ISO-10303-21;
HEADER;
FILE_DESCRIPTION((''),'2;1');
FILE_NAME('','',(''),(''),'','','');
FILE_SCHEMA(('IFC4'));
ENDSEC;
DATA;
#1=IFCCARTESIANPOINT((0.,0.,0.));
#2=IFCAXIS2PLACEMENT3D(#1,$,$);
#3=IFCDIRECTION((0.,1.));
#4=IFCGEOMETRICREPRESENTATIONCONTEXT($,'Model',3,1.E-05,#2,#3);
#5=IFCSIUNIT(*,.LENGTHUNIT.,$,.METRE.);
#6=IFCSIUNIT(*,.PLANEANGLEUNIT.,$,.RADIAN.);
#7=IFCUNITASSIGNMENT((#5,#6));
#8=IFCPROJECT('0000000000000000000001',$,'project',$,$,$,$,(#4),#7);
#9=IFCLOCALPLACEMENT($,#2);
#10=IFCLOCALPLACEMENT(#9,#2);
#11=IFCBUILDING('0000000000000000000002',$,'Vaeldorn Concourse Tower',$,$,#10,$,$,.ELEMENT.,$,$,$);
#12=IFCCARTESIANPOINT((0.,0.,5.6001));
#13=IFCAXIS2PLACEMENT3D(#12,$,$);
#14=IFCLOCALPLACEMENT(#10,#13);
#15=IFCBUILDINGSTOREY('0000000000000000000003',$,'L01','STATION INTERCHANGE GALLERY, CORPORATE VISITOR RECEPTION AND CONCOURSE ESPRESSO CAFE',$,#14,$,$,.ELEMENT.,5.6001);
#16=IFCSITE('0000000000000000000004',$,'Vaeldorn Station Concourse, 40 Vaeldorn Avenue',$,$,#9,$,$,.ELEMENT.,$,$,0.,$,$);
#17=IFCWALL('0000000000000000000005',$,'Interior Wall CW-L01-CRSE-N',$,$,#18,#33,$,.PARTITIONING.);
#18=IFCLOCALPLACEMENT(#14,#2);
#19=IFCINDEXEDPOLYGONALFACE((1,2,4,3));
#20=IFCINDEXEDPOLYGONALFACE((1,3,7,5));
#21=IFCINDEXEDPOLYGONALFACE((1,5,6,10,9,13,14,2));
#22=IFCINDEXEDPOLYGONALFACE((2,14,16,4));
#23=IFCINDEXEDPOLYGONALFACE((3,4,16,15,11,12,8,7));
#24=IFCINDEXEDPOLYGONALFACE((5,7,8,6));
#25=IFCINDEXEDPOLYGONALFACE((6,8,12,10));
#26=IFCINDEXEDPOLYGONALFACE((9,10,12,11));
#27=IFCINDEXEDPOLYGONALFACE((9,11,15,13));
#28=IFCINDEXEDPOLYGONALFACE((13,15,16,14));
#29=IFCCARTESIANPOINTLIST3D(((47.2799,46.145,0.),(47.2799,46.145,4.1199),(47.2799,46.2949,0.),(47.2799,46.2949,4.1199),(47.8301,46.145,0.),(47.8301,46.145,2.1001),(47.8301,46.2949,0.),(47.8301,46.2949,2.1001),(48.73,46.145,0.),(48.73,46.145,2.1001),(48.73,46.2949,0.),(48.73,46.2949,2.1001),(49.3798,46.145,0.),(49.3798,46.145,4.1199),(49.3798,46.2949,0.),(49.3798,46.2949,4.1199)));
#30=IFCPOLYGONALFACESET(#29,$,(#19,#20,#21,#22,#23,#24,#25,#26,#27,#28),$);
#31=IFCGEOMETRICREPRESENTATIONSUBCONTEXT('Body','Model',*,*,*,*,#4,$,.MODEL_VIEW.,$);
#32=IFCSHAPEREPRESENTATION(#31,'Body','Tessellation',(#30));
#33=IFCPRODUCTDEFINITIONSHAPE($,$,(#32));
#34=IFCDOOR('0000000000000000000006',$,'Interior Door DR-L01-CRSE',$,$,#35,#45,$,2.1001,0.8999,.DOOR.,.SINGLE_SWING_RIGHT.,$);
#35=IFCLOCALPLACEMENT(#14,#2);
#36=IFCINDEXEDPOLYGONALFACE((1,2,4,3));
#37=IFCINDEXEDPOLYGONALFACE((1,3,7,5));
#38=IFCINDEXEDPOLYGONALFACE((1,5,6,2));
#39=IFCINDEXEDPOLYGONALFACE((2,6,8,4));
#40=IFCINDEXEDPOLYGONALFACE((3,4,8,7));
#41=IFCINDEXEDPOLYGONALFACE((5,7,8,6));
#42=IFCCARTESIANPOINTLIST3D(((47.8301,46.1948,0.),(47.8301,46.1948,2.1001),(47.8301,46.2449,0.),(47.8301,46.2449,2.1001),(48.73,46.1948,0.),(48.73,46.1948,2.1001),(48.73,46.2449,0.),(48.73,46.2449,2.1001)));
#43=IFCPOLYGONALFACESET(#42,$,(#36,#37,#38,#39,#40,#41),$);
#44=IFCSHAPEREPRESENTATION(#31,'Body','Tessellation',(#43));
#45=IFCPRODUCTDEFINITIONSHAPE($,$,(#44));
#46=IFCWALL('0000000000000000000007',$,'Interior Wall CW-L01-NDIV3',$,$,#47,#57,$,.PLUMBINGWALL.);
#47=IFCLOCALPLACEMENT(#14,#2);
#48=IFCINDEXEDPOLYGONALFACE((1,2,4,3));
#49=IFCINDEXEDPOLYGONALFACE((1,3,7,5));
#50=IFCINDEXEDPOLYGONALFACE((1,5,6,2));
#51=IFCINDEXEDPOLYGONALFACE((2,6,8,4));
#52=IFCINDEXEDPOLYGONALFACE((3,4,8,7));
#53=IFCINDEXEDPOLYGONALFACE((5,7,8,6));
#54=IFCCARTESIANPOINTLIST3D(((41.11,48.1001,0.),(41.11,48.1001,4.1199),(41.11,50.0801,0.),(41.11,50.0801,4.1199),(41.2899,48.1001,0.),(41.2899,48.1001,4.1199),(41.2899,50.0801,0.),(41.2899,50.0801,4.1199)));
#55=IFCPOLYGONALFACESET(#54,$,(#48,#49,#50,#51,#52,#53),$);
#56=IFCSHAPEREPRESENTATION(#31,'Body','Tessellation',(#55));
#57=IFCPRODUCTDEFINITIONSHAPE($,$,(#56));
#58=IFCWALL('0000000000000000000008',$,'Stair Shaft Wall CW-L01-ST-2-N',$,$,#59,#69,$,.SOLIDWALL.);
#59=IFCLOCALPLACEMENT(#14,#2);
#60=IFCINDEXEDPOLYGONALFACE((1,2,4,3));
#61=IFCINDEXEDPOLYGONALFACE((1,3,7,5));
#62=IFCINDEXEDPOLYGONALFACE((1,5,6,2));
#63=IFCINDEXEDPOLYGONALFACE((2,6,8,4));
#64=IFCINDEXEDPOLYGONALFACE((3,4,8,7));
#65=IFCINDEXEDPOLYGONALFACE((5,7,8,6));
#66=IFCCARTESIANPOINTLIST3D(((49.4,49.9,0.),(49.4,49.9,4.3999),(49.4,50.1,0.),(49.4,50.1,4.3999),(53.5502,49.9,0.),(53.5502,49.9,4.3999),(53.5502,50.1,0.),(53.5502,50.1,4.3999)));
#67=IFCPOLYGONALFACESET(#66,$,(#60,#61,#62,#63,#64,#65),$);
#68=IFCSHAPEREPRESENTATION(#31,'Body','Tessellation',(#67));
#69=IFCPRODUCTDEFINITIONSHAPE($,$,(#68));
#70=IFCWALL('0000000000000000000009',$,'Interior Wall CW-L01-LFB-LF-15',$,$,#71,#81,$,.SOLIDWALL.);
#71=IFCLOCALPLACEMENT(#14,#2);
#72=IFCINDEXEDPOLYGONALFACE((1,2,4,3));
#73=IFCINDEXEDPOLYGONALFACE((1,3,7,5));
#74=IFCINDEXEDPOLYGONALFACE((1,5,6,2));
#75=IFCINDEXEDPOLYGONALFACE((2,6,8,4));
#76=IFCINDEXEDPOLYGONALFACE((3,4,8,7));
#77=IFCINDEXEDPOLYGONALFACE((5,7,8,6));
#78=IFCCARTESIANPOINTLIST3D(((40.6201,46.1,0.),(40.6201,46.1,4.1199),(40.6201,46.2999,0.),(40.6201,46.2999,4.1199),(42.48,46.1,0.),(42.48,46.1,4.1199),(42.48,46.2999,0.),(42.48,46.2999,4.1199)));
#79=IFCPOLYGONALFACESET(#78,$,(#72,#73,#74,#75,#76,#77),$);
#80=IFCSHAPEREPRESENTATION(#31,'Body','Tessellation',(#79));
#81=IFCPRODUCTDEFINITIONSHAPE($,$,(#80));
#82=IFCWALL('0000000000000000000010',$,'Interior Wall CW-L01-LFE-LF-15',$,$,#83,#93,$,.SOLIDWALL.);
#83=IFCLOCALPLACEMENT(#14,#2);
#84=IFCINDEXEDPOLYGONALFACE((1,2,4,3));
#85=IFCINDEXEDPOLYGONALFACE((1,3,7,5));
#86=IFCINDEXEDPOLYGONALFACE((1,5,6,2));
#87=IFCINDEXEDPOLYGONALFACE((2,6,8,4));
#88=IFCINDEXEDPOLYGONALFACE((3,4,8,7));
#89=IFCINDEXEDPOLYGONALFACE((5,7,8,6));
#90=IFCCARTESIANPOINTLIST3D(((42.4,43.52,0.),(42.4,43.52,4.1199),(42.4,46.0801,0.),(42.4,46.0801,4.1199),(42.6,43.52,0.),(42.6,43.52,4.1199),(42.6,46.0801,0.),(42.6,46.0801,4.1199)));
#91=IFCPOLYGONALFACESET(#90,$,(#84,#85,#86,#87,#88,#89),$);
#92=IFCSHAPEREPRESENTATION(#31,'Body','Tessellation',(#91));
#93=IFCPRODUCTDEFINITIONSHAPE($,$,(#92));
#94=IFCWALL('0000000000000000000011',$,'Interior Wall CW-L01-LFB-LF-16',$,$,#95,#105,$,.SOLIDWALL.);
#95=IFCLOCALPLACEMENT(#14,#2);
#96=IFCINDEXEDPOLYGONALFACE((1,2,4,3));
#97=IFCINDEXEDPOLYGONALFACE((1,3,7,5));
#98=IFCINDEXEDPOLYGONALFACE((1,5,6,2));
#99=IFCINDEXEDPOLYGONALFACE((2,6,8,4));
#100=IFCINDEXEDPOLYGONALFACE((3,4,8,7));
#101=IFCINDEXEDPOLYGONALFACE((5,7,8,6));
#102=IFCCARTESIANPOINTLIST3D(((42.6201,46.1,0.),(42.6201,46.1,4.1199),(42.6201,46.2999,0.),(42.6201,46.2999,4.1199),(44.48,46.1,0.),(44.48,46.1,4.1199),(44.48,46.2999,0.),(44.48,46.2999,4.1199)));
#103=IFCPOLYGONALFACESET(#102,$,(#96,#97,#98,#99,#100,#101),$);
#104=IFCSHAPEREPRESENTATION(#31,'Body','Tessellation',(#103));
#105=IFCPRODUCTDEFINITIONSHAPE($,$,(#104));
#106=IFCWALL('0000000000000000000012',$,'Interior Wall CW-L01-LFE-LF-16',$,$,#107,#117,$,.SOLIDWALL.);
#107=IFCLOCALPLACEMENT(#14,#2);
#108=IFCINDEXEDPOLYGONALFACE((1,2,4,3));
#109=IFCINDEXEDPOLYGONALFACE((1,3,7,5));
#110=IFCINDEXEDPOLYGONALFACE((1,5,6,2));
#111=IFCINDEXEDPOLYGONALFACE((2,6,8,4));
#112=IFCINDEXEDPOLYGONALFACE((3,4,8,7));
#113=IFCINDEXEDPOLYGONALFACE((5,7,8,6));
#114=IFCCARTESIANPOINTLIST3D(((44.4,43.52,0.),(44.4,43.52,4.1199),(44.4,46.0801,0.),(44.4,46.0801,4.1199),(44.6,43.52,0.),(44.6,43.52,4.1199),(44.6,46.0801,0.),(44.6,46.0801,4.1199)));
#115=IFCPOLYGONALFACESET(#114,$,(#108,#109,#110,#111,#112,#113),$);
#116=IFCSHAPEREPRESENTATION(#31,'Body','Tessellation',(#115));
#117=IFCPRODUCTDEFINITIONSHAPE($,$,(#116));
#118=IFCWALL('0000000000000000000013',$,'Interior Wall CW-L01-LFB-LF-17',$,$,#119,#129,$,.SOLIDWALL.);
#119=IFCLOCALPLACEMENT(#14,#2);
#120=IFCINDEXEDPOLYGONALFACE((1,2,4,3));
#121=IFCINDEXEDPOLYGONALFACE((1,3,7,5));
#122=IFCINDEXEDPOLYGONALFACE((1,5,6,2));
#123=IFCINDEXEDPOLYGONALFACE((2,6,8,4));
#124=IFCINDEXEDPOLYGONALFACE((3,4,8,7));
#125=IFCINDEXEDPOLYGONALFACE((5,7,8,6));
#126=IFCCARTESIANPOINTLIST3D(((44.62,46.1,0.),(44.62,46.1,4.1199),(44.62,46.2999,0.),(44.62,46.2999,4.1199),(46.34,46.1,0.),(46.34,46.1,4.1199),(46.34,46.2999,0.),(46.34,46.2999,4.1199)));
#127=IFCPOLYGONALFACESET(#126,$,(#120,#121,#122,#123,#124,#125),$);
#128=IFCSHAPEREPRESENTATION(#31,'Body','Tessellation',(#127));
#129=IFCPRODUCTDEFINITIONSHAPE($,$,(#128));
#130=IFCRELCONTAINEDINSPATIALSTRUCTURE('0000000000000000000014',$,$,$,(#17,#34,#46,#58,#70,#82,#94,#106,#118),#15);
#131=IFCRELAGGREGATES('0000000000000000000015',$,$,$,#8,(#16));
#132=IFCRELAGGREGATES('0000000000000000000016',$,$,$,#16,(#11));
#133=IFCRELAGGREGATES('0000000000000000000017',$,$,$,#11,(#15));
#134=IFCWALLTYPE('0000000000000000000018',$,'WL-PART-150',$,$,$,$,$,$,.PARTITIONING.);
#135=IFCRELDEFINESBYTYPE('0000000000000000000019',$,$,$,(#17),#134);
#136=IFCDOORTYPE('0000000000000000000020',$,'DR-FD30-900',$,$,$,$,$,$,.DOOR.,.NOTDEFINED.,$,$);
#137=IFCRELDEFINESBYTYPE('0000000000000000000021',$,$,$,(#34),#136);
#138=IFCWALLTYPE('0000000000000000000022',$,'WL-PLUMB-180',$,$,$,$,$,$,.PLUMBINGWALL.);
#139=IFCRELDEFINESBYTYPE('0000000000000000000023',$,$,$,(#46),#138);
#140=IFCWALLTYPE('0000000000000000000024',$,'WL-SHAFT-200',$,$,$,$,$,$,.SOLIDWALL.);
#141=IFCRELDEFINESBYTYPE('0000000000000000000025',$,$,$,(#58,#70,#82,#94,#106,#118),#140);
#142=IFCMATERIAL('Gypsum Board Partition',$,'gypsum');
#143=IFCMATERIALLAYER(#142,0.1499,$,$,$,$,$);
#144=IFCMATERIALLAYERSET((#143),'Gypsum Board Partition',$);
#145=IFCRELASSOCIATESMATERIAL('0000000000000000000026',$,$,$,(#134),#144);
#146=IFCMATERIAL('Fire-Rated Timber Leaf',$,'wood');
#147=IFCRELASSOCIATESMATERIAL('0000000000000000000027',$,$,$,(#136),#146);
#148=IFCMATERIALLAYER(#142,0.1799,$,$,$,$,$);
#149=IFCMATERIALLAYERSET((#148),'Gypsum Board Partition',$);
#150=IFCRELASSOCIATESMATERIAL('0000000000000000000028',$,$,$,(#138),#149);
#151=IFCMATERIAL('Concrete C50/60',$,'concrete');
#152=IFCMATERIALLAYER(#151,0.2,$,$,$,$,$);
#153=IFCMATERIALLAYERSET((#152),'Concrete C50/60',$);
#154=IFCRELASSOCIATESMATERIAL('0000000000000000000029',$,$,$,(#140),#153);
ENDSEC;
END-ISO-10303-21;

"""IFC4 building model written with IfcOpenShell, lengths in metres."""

from ifc_helpers import new_model, si_unit, direction, frame, frame_2d, origin, place, context, subcontext, project, spatial, rectangle, extrude, source, transform, mapped, material, layer, layer_set, type_object, element, fill, save


model = new_model("IFC4")

# Units and contexts
model_context = context("Model", 3, precision=1e-05, world=origin(), true_north=direction((0.0, 1.0)))
body_context = subcontext(model_context, "Body", "Model", "MODEL_VIEW")
ifc_project = project(units=[si_unit("LENGTHUNIT", "METRE"), si_unit("PLANEANGLEUNIT", "RADIAN")], contexts=[model_context])

# Site, building, storey
site_placement = place(None, origin())
site = spatial("IfcSite", under=ifc_project, at=site_placement, Name="Vaeldorn Station Concourse, 40 Vaeldorn Avenue", CompositionType="ELEMENT", RefElevation=0.0)
building_placement = place(site_placement, origin())
building = spatial("IfcBuilding", under=site, at=building_placement, Name="Vaeldorn Concourse Tower", CompositionType="ELEMENT")
storey_placement = place(building_placement, frame((0.0, 0.0, 5.6001)))
storey = spatial("IfcBuildingStorey", under=building, at=storey_placement, Name="L01", Description="STATION INTERCHANGE GALLERY, CORPORATE VISITOR RECEPTION AND CONCOURSE ESPRESSO CAFE", CompositionType="ELEMENT", Elevation=5.6001)

# Wall, opening, door
ifc_material_1 = material(Name="Gypsum Board Partition", Category="gypsum")
ifc_layer_1 = layer(ifc_material_1, 0.1499)
ifc_layer_set_1 = layer_set([ifc_layer_1], Name="Gypsum Board Partition")
wall_type_1 = type_object("IfcWallType", Name="WL-PART-150", PredefinedType="PARTITIONING", material=ifc_layer_set_1)
wall_1_placement = place(storey_placement, frame((47.28, 46.22, 0.0), z_axis=(0.0, 0.0, 1.0), x_axis=(1.0, 0.0, 0.0)))
wall_1 = element("IfcWall", 1, at=wall_1_placement, inside=storey, type_object=wall_type_1, Name="Interior Wall CW-L01-CRSE-N", PredefinedType="PARTITIONING", context=body_context, shape_type="SweptSolid", body=[
    extrude(rectangle(XDim=2.0999, YDim=0.1499, at=frame_2d((1.0498, 0.0))), origin(), (0.0, 0.0, 1.0), 4.1199),
])
opening_placement = place(wall_1_placement, frame((0.55, 0.0, 0.0)))
opening = element("IfcOpeningElement", 2, at=opening_placement, cuts=wall_1, PredefinedType="OPENING", context=body_context, shape_type="SweptSolid", body=[
    extrude(rectangle(XDim=0.8999, YDim=2.1001, at=frame_2d((0.45, 1.05))), frame((0.0, 0.085, 0.0), z_axis=(0.0, -1.0, 0.0), x_axis=(1.0, 0.0, 0.0)), (0.0, 0.0, 1.0), 0.1699),
])
ifc_material_2 = material(Name="Fire-Rated Timber Leaf", Category="wood")
door_type = type_object("IfcDoorType", Name="DR-FD30-900", OperationType="NOTDEFINED", PredefinedType="DOOR", material=ifc_material_2)
shared_shape_1 = source(origin(), body_context, "Body", "SweptSolid", [
    extrude(rectangle(XDim=0.8999, YDim=2.1001, at=frame_2d((0.45, 1.05))), frame((0.0, 0.0249, 0.0), z_axis=(0.0, -1.0, 0.0), x_axis=(1.0, 0.0, 0.0)), (0.0, 0.0, 1.0), 0.05),
])
door_placement = place(opening_placement, origin())
door = element("IfcDoor", 3, at=door_placement, inside=storey, type_object=door_type, Name="Interior Door DR-L01-CRSE", OperationType="SINGLE_SWING_RIGHT", OverallHeight=2.1001, OverallWidth=0.8999, PredefinedType="DOOR", context=body_context, shape_type="MappedRepresentation", body=[
    mapped(shared_shape_1, transform((0.0, 0.0, 0.0), scale=1.0)),
])
fill(opening, door)

# Walls
ifc_layer_2 = layer(ifc_material_1, 0.1799)
ifc_layer_set_2 = layer_set([ifc_layer_2], Name="Gypsum Board Partition")
wall_type_2 = type_object("IfcWallType", Name="WL-PLUMB-180", PredefinedType="PLUMBINGWALL", material=ifc_layer_set_2)
wall_2_placement = place(storey_placement, frame((41.2, 48.1001, 0.0), z_axis=(0.0, 0.0, 1.0), x_axis=(0.0, 1.0, 0.0)))
element("IfcWall", 4, at=wall_2_placement, inside=storey, type_object=wall_type_2, Name="Interior Wall CW-L01-NDIV3", PredefinedType="PLUMBINGWALL", context=body_context, shape_type="SweptSolid", body=[
    extrude(rectangle(XDim=1.98, YDim=0.1799, at=frame_2d((0.99, 0.0))), origin(), (0.0, 0.0, 1.0), 4.1199),
])
ifc_material_3 = material(Name="Concrete C50/60", Category="concrete")
ifc_layer_3 = layer(ifc_material_3, 0.2)
ifc_layer_set_3 = layer_set([ifc_layer_3], Name="Concrete C50/60")
wall_type_3 = type_object("IfcWallType", Name="WL-SHAFT-200", PredefinedType="SOLIDWALL", material=ifc_layer_set_3)
wall_3_placement = place(storey_placement, frame((49.3999, 50.0, 0.0), z_axis=(0.0, 0.0, 1.0), x_axis=(1.0, 0.0, 0.0)))
element("IfcWall", 5, at=wall_3_placement, inside=storey, type_object=wall_type_3, Name="Stair Shaft Wall CW-L01-ST-2-N", PredefinedType="SOLIDWALL", context=body_context, shape_type="SweptSolid", body=[
    extrude(rectangle(XDim=4.1501, YDim=0.2, at=frame_2d((2.0752, 0.0))), origin(), (0.0, 0.0, 1.0), 4.3999),
])
wall_4_placement = place(storey_placement, frame((40.6201, 46.2, 0.0), z_axis=(0.0, 0.0, 1.0), x_axis=(1.0, 0.0, 0.0)))
element("IfcWall", 6, at=wall_4_placement, inside=storey, type_object=wall_type_3, Name="Interior Wall CW-L01-LFB-LF-15", PredefinedType="SOLIDWALL", context=body_context, shape_type="SweptSolid", body=[
    extrude(rectangle(XDim=1.8599, YDim=0.2, at=frame_2d((0.9299, 0.0))), origin(), (0.0, 0.0, 1.0), 4.1199),
])
wall_5_placement = place(storey_placement, frame((42.5, 43.52, 0.0), z_axis=(0.0, 0.0, 1.0), x_axis=(0.0, 1.0, 0.0)))
element("IfcWall", 7, at=wall_5_placement, inside=storey, type_object=wall_type_3, Name="Interior Wall CW-L01-LFE-LF-15", PredefinedType="SOLIDWALL", context=body_context, shape_type="SweptSolid", body=[
    extrude(rectangle(XDim=2.5601, YDim=0.2, at=frame_2d((1.28, 0.0))), origin(), (0.0, 0.0, 1.0), 4.1199),
])
wall_6_placement = place(storey_placement, frame((42.6201, 46.2, 0.0), z_axis=(0.0, 0.0, 1.0), x_axis=(1.0, 0.0, 0.0)))
element("IfcWall", 8, at=wall_6_placement, inside=storey, type_object=wall_type_3, Name="Interior Wall CW-L01-LFB-LF-16", PredefinedType="SOLIDWALL", context=body_context, shape_type="SweptSolid", body=[
    extrude(rectangle(XDim=1.8599, YDim=0.2, at=frame_2d((0.9299, 0.0))), origin(), (0.0, 0.0, 1.0), 4.1199),
])
wall_7_placement = place(storey_placement, frame((44.5, 43.52, 0.0), z_axis=(0.0, 0.0, 1.0), x_axis=(0.0, 1.0, 0.0)))
element("IfcWall", 9, at=wall_7_placement, inside=storey, type_object=wall_type_3, Name="Interior Wall CW-L01-LFE-LF-16", PredefinedType="SOLIDWALL", context=body_context, shape_type="SweptSolid", body=[
    extrude(rectangle(XDim=2.5601, YDim=0.2, at=frame_2d((1.28, 0.0))), origin(), (0.0, 0.0, 1.0), 4.1199),
])
wall_8_placement = place(storey_placement, frame((44.6201, 46.2, 0.0), z_axis=(0.0, 0.0, 1.0), x_axis=(1.0, 0.0, 0.0)))
element("IfcWall", 10, at=wall_8_placement, inside=storey, type_object=wall_type_3, Name="Interior Wall CW-L01-LFB-LF-17", PredefinedType="SOLIDWALL", context=body_context, shape_type="SweptSolid", body=[
    extrude(rectangle(XDim=1.72, YDim=0.2, at=frame_2d((0.8599, 0.0))), origin(), (0.0, 0.0, 1.0), 4.1199),
])

save(model, "model.ifc")
